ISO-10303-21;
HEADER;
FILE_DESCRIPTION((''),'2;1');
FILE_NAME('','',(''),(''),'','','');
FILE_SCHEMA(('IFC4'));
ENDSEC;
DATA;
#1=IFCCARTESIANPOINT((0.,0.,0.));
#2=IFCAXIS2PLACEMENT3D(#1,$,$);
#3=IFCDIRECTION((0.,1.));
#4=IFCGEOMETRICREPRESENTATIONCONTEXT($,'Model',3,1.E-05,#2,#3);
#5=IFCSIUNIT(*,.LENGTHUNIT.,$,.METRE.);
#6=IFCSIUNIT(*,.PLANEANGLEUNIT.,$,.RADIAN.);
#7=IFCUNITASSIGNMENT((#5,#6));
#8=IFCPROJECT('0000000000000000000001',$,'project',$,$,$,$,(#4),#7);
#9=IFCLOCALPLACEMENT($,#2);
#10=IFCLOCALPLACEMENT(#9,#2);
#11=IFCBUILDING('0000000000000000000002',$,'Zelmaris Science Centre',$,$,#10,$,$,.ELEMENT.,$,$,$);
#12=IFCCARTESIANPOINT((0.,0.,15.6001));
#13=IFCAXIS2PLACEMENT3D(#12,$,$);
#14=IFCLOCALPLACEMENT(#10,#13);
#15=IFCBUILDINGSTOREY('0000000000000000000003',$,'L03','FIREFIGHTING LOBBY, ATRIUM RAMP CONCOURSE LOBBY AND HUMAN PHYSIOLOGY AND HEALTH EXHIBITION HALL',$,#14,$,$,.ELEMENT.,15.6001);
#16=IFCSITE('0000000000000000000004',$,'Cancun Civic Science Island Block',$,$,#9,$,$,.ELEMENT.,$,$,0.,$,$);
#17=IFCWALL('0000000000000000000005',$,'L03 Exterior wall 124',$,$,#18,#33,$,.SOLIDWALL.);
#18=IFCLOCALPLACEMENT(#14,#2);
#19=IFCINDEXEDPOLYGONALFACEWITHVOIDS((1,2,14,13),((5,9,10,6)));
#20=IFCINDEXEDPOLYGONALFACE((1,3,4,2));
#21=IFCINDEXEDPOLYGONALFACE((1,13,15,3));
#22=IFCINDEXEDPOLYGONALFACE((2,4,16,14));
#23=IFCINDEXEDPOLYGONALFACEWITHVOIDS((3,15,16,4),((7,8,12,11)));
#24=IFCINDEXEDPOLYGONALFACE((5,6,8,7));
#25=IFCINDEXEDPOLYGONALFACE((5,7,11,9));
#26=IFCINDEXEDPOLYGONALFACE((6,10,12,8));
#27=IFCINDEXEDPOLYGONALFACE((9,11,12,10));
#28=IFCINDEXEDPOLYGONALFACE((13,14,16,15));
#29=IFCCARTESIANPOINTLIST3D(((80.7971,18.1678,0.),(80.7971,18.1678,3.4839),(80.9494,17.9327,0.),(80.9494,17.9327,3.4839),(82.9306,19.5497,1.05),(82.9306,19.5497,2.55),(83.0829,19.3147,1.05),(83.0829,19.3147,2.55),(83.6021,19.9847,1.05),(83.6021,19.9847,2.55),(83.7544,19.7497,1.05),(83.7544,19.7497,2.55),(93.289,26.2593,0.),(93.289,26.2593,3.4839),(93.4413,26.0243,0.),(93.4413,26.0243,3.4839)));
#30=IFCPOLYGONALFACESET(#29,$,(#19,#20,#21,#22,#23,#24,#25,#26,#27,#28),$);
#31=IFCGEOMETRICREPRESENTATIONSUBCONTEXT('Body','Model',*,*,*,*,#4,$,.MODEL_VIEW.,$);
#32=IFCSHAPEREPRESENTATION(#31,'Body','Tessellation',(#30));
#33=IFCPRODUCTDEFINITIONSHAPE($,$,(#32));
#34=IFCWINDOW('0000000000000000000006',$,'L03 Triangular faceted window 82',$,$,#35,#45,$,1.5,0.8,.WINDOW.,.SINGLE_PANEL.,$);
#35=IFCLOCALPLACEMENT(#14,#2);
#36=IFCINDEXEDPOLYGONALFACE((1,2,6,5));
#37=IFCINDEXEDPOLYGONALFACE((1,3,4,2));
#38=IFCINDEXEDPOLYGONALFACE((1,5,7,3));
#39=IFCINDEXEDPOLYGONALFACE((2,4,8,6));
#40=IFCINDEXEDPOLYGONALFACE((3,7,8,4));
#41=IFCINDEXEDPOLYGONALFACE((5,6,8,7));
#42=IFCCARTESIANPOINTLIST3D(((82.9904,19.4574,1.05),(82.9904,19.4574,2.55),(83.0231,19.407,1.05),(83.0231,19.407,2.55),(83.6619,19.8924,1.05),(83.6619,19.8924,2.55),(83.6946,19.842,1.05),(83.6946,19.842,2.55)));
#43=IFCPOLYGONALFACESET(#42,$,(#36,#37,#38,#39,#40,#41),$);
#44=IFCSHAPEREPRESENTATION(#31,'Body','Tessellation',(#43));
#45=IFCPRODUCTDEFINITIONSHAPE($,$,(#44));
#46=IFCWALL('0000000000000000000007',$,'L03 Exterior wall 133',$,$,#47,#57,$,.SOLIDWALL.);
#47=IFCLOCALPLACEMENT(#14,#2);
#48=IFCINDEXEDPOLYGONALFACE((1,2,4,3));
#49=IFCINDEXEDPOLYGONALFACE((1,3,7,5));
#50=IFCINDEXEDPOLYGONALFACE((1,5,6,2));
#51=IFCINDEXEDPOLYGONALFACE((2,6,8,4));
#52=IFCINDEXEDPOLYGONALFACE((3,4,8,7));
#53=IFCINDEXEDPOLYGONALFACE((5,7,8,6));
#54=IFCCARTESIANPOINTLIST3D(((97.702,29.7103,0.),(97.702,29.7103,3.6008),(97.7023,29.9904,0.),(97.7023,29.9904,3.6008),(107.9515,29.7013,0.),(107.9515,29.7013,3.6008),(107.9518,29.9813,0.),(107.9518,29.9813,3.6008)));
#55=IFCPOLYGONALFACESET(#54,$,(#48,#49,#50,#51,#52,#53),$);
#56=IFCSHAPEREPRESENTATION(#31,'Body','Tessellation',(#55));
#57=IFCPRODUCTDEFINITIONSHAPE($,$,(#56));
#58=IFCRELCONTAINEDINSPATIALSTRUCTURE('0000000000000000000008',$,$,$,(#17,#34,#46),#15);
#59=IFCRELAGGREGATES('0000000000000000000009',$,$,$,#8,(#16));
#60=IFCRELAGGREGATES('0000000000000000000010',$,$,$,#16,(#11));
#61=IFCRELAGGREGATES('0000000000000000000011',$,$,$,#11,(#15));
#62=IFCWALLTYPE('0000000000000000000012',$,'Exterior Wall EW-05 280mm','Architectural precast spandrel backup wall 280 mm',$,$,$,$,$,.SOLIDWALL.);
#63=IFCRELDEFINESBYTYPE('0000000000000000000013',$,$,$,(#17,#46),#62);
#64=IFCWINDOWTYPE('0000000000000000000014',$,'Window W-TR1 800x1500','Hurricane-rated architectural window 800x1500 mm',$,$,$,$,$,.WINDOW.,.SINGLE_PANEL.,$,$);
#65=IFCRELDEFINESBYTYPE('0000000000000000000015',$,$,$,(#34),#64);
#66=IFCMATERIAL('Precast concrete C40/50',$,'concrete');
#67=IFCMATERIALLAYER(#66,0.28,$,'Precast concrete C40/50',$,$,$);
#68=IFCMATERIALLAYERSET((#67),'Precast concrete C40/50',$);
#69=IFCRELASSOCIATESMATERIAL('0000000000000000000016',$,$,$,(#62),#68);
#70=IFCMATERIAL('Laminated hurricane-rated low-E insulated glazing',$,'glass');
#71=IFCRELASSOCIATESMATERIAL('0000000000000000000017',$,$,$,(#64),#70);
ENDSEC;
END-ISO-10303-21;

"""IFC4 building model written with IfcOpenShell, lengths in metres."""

from ifc_helpers import new_model, si_unit, direction, frame, frame_2d, origin, place, context, subcontext, project, spatial, rectangle, extrude, material, layer, layer_set, type_object, element, fill, save


model = new_model("IFC4")

# Units and contexts
model_context = context("Model", 3, precision=1e-05, world=origin(), true_north=direction((0.0, 1.0)))
body_context = subcontext(model_context, "Body", "Model", "MODEL_VIEW")
ifc_project = project(units=[si_unit("LENGTHUNIT", "METRE"), si_unit("PLANEANGLEUNIT", "RADIAN")], contexts=[model_context])

# Site, building, storey
site_placement = place(None, origin())
site = spatial("IfcSite", under=ifc_project, at=site_placement, Name="Cancun Civic Science Island Block", CompositionType="ELEMENT", RefElevation=0.0)
building_placement = place(site_placement, origin())
building = spatial("IfcBuilding", under=site, at=building_placement, Name="Zelmaris Science Centre", CompositionType="ELEMENT")
storey_placement = place(building_placement, frame((0.0, 0.0, 15.6001)))
storey = spatial("IfcBuildingStorey", under=building, at=storey_placement, Name="L03", Description="FIREFIGHTING LOBBY, ATRIUM RAMP CONCOURSE LOBBY AND HUMAN PHYSIOLOGY AND HEALTH EXHIBITION HALL", CompositionType="ELEMENT", Elevation=15.6001)

# Shared definitions
ifc_material_1 = material(Name="Laminated hurricane-rated low-E insulated glazing", Category="glass")

# Shared definitions
ifc_material_2 = material(Name="Precast concrete C40/50", Category="concrete")

# Wall, opening, window
ifc_layer_1 = layer(ifc_material_2, 0.28, Name="Precast concrete C40/50")
ifc_layer_set_1 = layer_set([ifc_layer_1], Name="Precast concrete C40/50")
wall_type = type_object("IfcWallType", Name="Exterior Wall EW-05 280mm", Description="Architectural precast spandrel backup wall 280 mm", PredefinedType="SOLIDWALL", material=ifc_layer_set_1)
wall_1_placement = place(storey_placement, frame((93.3652, 26.1418, 0.0), z_axis=(0.0, 0.0, 1.0), x_axis=(-0.839309, -0.543655, 0.0)))
wall_1 = element("IfcWall", 1, at=wall_1_placement, inside=storey, type_object=wall_type, Name="L03 Exterior wall 124", PredefinedType="SOLIDWALL", context=body_context, shape_type="SweptSolid", body=[
    extrude(rectangle(XDim=14.8835, YDim=0.28, at=frame_2d((7.4419, 0.0))), origin(), (0.0, 0.0, 1.0), 3.4839),
])
opening_placement = place(wall_1_placement, frame((11.5417, 0.0, 1.05)))
opening = element("IfcOpeningElement", 2, at=opening_placement, cuts=wall_1, PredefinedType="OPENING", context=body_context, shape_type="SweptSolid", body=[
    extrude(rectangle(XDim=0.8, YDim=1.5, at=frame_2d((0.3999, 0.75))), frame((0.0, 0.1499, 0.0), z_axis=(0.0, -1.0, 0.0), x_axis=(1.0, 0.0, 0.0)), (0.0, 0.0, 1.0), 0.3),
])
window_type = type_object("IfcWindowType", Name="Window W-TR1 800x1500", Description="Hurricane-rated architectural window 800x1500 mm", PartitioningType="SINGLE_PANEL", PredefinedType="WINDOW", material=ifc_material_1)
window_placement = place(opening_placement, origin())
window = element("IfcWindow", 3, at=window_placement, inside=storey, type_object=window_type, Name="L03 Triangular faceted window 82", OverallHeight=1.5, OverallWidth=0.8, PartitioningType="SINGLE_PANEL", PredefinedType="WINDOW", context=body_context, shape_type="SweptSolid", body=[
    extrude(rectangle(XDim=0.8, YDim=1.5, at=frame_2d((0.3999, 0.75))), frame((0.0, 0.03, 0.0), z_axis=(0.0, -1.0, 0.0), x_axis=(1.0, 0.0, 0.0)), (0.0, 0.0, 1.0), 0.0601),
])
fill(opening, window)

# Wall
wall_2_placement = place(storey_placement, frame((97.7021, 29.8503, 0.0), z_axis=(0.0, 0.0, 1.0), x_axis=(1.0, -0.000881, 0.0)))
element("IfcWall", 4, at=wall_2_placement, inside=storey, type_object=wall_type, Name="L03 Exterior wall 133", PredefinedType="SOLIDWALL", context=body_context, shape_type="SweptSolid", body=[
    extrude(rectangle(XDim=10.2495, YDim=0.28, at=frame_2d((5.1248, 0.0))), origin(), (0.0, 0.0, 1.0), 3.6008),
])

save(model, "model.ifc")
